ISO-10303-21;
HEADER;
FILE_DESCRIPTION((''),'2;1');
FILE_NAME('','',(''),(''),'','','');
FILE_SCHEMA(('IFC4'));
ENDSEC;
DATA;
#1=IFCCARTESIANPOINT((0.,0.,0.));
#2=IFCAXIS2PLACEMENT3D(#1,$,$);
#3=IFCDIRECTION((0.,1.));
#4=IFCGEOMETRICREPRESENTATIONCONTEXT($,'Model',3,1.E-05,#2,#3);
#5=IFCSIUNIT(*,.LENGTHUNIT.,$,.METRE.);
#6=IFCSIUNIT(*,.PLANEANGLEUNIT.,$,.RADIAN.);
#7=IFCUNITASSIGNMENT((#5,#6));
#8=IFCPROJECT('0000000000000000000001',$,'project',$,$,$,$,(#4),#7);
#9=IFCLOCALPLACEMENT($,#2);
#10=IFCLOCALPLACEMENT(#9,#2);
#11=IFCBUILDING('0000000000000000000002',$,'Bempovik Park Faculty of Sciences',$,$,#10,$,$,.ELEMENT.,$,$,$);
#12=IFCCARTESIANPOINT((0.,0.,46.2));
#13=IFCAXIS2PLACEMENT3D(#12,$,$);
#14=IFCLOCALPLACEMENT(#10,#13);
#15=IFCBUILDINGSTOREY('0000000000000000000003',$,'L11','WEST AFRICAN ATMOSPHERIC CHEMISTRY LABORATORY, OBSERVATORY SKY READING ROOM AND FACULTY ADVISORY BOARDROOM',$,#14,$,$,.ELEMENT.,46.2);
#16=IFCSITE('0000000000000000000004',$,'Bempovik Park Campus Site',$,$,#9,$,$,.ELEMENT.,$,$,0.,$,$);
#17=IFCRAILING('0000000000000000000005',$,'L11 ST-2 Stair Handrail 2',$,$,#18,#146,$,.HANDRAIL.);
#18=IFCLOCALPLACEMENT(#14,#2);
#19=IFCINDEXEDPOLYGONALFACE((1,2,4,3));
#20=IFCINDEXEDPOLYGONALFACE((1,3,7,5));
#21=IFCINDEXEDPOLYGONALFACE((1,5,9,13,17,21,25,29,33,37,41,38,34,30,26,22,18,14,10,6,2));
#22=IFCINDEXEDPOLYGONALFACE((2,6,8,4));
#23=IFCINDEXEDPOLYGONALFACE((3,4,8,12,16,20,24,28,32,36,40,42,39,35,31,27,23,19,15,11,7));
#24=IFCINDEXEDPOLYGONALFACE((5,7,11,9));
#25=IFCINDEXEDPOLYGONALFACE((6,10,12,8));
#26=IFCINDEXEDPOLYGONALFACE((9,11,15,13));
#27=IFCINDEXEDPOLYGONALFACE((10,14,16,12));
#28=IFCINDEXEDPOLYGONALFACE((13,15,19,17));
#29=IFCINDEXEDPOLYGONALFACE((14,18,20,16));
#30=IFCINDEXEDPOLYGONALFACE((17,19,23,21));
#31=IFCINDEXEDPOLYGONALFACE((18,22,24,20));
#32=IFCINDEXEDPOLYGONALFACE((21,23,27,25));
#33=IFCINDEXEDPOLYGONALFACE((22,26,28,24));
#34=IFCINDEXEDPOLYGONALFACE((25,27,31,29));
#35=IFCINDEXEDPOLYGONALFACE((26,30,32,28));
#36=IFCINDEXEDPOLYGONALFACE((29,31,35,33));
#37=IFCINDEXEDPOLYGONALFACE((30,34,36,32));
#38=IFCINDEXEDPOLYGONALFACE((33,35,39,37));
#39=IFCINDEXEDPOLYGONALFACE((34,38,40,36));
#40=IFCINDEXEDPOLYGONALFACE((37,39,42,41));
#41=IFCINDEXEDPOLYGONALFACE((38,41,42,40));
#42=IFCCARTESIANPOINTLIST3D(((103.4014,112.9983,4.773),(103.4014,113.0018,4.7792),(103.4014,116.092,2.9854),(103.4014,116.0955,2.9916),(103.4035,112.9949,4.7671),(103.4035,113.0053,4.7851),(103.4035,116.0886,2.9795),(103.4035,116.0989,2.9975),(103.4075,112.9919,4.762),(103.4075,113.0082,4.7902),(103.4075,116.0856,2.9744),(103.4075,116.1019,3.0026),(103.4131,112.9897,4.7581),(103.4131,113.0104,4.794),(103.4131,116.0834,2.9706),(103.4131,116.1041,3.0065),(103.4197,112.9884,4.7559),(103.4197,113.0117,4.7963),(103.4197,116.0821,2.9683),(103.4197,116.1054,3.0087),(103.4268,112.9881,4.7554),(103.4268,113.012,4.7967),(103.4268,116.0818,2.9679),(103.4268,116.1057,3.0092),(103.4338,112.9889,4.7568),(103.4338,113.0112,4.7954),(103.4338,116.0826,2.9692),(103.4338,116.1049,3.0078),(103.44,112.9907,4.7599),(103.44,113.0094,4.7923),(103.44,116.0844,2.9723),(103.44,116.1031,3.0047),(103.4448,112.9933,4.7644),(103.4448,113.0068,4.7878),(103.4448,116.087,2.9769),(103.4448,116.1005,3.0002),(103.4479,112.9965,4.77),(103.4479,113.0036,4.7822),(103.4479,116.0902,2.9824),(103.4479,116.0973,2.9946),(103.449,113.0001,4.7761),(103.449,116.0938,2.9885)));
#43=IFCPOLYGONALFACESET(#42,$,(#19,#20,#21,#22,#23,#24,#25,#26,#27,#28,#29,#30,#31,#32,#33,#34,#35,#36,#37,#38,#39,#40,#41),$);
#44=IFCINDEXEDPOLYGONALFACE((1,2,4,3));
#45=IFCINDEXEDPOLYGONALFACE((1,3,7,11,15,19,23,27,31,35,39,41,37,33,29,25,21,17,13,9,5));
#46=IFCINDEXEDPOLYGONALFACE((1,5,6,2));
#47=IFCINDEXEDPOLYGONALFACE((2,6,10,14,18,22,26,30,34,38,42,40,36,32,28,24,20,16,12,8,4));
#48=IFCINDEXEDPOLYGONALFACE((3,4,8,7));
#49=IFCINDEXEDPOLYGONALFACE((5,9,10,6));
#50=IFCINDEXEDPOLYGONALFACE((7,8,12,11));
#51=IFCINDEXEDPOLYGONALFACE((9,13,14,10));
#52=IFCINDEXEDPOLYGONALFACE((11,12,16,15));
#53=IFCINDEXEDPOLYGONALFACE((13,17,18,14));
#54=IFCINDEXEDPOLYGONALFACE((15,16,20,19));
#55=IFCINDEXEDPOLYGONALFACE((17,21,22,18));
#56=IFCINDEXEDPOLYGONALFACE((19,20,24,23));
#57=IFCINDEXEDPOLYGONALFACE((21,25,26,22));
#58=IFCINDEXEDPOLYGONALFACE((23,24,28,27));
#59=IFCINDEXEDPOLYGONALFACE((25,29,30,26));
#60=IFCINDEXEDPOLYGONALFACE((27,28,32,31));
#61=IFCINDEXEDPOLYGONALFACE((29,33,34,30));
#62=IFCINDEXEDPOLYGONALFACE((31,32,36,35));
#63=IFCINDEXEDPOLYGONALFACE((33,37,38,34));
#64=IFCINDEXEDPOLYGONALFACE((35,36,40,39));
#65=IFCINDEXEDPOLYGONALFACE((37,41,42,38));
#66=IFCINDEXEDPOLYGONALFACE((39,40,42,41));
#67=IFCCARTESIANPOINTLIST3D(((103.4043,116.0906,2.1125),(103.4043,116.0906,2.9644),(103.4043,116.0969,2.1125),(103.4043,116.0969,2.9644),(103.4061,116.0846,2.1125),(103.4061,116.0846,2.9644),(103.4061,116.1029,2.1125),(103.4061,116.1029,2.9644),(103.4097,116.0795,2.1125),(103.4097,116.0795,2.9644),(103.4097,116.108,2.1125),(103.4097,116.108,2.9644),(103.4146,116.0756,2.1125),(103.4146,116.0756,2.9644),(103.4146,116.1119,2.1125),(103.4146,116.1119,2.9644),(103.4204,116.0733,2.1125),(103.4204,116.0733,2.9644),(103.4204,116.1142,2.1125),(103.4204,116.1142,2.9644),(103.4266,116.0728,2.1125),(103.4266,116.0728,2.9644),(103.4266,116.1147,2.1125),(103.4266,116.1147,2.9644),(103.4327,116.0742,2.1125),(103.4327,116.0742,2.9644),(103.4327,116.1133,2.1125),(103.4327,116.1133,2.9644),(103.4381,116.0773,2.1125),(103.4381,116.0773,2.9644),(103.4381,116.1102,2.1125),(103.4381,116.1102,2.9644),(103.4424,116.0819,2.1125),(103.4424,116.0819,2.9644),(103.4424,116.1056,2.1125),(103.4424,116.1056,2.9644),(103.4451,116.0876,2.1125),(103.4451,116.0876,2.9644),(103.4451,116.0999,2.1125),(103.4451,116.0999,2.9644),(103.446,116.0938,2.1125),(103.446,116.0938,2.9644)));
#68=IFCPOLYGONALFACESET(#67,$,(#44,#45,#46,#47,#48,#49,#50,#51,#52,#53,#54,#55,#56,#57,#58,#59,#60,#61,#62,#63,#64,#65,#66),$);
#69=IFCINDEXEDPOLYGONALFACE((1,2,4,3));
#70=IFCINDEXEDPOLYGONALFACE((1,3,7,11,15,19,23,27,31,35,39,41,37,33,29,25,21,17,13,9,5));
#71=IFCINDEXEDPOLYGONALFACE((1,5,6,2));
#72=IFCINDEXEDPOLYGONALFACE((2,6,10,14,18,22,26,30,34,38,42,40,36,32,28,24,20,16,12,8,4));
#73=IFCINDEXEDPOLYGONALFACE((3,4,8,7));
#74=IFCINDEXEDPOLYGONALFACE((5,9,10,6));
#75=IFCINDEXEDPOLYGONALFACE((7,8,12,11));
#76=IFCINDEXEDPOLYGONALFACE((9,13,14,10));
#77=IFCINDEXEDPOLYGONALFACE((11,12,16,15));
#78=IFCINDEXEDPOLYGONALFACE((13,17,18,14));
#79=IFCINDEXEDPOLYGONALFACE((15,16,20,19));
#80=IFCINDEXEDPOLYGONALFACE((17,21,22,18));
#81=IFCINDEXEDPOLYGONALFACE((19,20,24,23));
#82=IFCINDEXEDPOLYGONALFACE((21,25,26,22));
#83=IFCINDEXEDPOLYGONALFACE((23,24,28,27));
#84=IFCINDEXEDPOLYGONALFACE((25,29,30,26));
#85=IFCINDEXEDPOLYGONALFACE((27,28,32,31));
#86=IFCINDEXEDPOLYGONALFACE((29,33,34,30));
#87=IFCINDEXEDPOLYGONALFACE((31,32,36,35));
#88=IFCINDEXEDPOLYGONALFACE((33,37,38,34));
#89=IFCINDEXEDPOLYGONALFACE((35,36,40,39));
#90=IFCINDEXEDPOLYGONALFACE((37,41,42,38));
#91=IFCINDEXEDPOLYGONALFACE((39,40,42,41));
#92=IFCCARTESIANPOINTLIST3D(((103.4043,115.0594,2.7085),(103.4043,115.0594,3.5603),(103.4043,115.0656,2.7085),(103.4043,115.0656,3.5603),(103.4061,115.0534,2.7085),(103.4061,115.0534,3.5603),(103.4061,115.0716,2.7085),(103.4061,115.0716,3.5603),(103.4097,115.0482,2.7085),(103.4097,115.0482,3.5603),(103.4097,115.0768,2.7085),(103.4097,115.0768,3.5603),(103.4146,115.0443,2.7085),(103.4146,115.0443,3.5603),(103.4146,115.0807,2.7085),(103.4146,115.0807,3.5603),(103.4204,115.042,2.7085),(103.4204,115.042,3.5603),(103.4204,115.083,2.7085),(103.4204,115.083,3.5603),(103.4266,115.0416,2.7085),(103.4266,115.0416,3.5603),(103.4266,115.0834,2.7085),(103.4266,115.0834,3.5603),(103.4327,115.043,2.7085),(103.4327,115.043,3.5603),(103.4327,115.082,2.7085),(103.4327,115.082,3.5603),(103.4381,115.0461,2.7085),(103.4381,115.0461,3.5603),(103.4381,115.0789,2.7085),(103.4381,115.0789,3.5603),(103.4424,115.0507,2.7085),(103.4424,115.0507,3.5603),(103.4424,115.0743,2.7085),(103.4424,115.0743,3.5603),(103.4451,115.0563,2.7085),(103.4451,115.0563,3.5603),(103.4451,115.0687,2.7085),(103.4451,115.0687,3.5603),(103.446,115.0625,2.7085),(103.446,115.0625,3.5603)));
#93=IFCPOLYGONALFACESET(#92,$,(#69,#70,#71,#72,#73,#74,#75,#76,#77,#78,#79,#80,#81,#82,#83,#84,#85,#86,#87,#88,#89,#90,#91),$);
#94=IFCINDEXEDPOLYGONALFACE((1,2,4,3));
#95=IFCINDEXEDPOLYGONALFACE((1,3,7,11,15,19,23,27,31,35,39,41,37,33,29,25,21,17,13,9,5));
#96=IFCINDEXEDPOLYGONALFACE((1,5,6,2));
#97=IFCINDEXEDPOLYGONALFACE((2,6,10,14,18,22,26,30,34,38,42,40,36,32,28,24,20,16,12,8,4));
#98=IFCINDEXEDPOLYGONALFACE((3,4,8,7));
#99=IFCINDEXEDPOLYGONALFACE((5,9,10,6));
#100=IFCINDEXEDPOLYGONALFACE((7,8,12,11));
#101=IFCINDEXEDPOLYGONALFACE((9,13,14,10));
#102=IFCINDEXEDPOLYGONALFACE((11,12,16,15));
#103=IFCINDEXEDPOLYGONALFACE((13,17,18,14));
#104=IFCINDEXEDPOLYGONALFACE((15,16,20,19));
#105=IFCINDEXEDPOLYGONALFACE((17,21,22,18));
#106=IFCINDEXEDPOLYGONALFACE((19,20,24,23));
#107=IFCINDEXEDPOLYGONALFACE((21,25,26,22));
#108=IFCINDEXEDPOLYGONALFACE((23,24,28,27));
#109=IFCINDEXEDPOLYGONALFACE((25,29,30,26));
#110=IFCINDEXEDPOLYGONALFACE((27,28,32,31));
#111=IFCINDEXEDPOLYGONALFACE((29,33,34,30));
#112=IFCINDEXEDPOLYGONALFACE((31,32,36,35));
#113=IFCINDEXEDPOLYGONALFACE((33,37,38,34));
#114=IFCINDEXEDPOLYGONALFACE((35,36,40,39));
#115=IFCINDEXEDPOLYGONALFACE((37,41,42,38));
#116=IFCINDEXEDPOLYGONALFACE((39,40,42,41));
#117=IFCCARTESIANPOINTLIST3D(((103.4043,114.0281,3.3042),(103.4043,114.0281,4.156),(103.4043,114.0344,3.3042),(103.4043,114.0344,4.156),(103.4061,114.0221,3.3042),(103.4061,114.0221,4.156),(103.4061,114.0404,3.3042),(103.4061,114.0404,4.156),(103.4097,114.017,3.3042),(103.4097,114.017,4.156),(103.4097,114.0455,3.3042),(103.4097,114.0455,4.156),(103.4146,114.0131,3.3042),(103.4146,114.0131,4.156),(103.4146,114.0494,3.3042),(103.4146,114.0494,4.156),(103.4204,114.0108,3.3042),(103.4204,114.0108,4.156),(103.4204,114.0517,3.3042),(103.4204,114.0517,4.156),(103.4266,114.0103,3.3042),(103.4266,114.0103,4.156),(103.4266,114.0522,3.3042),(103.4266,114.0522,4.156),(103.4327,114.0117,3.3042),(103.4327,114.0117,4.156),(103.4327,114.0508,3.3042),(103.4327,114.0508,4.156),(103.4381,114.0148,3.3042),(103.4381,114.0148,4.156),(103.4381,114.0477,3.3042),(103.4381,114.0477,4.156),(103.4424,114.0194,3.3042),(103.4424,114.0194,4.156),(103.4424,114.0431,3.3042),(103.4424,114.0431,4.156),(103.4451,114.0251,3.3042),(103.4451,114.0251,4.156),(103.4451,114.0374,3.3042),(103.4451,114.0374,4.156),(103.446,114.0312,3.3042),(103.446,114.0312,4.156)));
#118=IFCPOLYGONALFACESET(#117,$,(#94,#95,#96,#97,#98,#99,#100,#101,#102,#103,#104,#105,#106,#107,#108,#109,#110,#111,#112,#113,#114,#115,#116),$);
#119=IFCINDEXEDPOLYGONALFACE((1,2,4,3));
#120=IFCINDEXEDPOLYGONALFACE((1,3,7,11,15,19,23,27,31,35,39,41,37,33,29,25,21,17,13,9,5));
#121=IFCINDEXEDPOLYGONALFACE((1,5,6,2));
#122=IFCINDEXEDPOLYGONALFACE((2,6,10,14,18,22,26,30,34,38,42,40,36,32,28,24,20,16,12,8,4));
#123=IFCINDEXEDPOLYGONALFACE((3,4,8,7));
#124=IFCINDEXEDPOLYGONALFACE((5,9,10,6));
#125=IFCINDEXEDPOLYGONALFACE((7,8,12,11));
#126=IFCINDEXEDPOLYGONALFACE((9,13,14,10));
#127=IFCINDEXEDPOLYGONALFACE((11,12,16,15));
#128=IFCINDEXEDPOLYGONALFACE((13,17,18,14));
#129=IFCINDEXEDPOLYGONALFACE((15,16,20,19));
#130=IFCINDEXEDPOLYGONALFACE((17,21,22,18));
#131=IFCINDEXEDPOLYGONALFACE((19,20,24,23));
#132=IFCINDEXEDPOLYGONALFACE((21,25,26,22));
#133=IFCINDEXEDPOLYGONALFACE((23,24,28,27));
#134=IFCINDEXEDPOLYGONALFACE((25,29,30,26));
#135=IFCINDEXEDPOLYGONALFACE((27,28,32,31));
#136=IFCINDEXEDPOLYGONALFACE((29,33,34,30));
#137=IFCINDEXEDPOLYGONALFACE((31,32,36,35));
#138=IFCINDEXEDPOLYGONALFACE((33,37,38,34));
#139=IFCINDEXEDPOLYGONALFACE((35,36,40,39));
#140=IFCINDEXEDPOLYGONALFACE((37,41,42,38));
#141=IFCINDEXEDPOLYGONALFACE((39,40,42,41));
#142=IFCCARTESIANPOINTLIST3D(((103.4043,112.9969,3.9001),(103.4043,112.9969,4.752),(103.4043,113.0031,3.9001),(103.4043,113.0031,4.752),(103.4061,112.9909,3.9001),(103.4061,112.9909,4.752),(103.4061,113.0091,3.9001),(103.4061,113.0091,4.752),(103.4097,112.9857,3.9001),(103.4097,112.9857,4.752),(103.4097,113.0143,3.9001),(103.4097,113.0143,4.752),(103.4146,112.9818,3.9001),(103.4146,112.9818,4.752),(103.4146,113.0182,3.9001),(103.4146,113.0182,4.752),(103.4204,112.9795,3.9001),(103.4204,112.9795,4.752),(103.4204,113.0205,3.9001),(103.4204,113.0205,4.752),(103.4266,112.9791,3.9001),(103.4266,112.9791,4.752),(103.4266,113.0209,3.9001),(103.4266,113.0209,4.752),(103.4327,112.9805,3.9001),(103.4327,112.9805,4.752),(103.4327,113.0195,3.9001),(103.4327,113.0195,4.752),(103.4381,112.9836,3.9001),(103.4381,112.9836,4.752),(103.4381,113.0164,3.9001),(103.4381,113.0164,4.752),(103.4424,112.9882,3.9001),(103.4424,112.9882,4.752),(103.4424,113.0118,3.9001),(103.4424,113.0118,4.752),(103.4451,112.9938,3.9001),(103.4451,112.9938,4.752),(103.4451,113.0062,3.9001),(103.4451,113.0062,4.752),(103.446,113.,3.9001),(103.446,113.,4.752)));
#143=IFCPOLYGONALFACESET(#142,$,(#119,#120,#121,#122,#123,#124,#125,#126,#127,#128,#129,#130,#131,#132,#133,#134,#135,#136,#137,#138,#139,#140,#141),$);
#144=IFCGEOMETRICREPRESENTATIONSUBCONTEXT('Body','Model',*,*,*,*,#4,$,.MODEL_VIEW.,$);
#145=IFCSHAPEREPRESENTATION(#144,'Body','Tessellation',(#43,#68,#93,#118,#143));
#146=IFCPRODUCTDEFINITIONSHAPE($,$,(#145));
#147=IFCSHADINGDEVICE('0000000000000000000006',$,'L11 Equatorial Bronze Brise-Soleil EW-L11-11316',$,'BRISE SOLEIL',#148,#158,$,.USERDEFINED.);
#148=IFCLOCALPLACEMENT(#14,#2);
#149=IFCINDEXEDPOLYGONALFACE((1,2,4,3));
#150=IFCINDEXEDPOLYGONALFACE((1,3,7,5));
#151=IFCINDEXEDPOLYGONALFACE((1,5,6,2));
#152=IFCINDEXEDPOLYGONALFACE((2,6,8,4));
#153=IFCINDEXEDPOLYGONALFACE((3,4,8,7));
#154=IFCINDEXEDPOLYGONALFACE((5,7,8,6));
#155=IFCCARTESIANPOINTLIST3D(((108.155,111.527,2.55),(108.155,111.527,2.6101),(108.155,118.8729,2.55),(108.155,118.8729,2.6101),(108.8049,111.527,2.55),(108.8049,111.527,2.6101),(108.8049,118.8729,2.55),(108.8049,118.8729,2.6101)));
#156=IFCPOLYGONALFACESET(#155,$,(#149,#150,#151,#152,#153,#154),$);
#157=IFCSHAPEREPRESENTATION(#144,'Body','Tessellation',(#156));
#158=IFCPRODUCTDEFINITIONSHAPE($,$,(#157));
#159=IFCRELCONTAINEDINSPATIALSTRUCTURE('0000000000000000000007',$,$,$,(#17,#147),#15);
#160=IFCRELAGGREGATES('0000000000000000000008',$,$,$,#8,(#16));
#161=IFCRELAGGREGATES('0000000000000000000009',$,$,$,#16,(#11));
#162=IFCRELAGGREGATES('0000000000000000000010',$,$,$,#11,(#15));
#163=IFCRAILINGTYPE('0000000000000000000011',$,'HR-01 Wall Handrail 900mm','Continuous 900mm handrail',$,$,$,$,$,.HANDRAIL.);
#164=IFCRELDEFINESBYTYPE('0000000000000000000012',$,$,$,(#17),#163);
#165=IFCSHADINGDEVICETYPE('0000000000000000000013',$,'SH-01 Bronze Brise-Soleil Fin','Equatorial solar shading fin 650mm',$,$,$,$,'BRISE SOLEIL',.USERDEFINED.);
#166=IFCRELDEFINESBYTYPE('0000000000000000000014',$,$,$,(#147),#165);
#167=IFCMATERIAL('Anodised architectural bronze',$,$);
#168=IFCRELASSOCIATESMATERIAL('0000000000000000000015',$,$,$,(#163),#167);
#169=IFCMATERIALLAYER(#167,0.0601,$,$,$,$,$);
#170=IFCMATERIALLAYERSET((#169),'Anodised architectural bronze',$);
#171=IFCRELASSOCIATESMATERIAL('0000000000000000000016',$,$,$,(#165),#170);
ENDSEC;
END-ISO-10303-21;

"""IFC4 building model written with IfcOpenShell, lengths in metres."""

from ifc_helpers import new_model, si_unit, direction, frame, origin, origin_2d, place, context, subcontext, project, spatial, rectangle, circle, extrude, material, layer, layer_set, type_object, element, save


model = new_model("IFC4")

# Units and contexts
model_context = context("Model", 3, precision=1e-05, world=origin(), true_north=direction((0.0, 1.0)))
body_context = subcontext(model_context, "Body", "Model", "MODEL_VIEW")
ifc_project = project(units=[si_unit("LENGTHUNIT", "METRE"), si_unit("PLANEANGLEUNIT", "RADIAN")], contexts=[model_context])

# Site, building, storey
site_placement = place(None, origin())
site = spatial("IfcSite", under=ifc_project, at=site_placement, Name="Bempovik Park Campus Site", CompositionType="ELEMENT", RefElevation=0.0)
building_placement = place(site_placement, origin())
building = spatial("IfcBuilding", under=site, at=building_placement, Name="Bempovik Park Faculty of Sciences", CompositionType="ELEMENT")
storey_placement = place(building_placement, frame((0.0, 0.0, 46.2)))
storey = spatial("IfcBuildingStorey", under=building, at=storey_placement, Name="L11", Description="WEST AFRICAN ATMOSPHERIC CHEMISTRY LABORATORY, OBSERVATORY SKY READING ROOM AND FACULTY ADVISORY BOARDROOM", CompositionType="ELEMENT", Elevation=46.2)

# Railing
ifc_material_1 = material(Name="Anodised architectural bronze")
railing_type_1 = type_object("IfcRailingType", Name="HR-01 Wall Handrail 900mm", Description="Continuous 900mm handrail", PredefinedType="HANDRAIL", material=ifc_material_1)
railing_1_placement = place(storey_placement, frame((103.425, 116.0938, 2.1125)))
element("IfcRailing", 1, at=railing_1_placement, inside=storey, type_object=railing_type_1, Name="L11 ST-2 Stair Handrail 2", PredefinedType="HANDRAIL", context=body_context, shape_type="SweptSolid", body=[
    extrude(circle(Radius=0.0239, at=origin_2d()), frame((0.0, 0.0, 0.876), z_axis=(0.0, -0.865853, 0.500298), x_axis=(1.0, 0.0, 0.0)), (0.0, 0.0, 1.0), 3.573),
    extrude(circle(Radius=0.021, at=origin_2d()), origin(), (0.0, 0.0, 1.0), 0.8518),
    extrude(circle(Radius=0.021, at=origin_2d()), frame((0.0, -1.0312, 0.5959)), (0.0, 0.0, 1.0), 0.8518),
    extrude(circle(Radius=0.021, at=origin_2d()), frame((0.0, -2.0625, 1.1917)), (0.0, 0.0, 1.0), 0.8518),
    extrude(circle(Radius=0.021, at=origin_2d()), frame((0.0, -3.0938, 1.7876)), (0.0, 0.0, 1.0), 0.8518),
])

# Shading device
ifc_layer_1 = layer(ifc_material_1, 0.0601)
ifc_layer_set_1 = layer_set([ifc_layer_1], Name="Anodised architectural bronze")
shading_device_type = type_object("IfcShadingDeviceType", Name="SH-01 Bronze Brise-Soleil Fin", Description="Equatorial solar shading fin 650mm", ElementType="BRISE SOLEIL", PredefinedType="USERDEFINED", material=ifc_layer_set_1)
shading_device_placement = place(storey_placement, frame((108.48, 115.2, 2.55), z_axis=(0.0, 0.0, 1.0), x_axis=(1.0, 0.0, 0.0)))
element("IfcShadingDevice", 2, at=shading_device_placement, inside=storey, type_object=shading_device_type, Name="L11 Equatorial Bronze Brise-Soleil EW-L11-11316", ObjectType="BRISE SOLEIL", PredefinedType="USERDEFINED", context=body_context, shape_type="SweptSolid", body=[
    extrude(rectangle(XDim=0.6499, YDim=7.3459, at=origin_2d()), origin(), (0.0, 0.0, 1.0), 0.0601),
])

save(model, "model.ifc")
